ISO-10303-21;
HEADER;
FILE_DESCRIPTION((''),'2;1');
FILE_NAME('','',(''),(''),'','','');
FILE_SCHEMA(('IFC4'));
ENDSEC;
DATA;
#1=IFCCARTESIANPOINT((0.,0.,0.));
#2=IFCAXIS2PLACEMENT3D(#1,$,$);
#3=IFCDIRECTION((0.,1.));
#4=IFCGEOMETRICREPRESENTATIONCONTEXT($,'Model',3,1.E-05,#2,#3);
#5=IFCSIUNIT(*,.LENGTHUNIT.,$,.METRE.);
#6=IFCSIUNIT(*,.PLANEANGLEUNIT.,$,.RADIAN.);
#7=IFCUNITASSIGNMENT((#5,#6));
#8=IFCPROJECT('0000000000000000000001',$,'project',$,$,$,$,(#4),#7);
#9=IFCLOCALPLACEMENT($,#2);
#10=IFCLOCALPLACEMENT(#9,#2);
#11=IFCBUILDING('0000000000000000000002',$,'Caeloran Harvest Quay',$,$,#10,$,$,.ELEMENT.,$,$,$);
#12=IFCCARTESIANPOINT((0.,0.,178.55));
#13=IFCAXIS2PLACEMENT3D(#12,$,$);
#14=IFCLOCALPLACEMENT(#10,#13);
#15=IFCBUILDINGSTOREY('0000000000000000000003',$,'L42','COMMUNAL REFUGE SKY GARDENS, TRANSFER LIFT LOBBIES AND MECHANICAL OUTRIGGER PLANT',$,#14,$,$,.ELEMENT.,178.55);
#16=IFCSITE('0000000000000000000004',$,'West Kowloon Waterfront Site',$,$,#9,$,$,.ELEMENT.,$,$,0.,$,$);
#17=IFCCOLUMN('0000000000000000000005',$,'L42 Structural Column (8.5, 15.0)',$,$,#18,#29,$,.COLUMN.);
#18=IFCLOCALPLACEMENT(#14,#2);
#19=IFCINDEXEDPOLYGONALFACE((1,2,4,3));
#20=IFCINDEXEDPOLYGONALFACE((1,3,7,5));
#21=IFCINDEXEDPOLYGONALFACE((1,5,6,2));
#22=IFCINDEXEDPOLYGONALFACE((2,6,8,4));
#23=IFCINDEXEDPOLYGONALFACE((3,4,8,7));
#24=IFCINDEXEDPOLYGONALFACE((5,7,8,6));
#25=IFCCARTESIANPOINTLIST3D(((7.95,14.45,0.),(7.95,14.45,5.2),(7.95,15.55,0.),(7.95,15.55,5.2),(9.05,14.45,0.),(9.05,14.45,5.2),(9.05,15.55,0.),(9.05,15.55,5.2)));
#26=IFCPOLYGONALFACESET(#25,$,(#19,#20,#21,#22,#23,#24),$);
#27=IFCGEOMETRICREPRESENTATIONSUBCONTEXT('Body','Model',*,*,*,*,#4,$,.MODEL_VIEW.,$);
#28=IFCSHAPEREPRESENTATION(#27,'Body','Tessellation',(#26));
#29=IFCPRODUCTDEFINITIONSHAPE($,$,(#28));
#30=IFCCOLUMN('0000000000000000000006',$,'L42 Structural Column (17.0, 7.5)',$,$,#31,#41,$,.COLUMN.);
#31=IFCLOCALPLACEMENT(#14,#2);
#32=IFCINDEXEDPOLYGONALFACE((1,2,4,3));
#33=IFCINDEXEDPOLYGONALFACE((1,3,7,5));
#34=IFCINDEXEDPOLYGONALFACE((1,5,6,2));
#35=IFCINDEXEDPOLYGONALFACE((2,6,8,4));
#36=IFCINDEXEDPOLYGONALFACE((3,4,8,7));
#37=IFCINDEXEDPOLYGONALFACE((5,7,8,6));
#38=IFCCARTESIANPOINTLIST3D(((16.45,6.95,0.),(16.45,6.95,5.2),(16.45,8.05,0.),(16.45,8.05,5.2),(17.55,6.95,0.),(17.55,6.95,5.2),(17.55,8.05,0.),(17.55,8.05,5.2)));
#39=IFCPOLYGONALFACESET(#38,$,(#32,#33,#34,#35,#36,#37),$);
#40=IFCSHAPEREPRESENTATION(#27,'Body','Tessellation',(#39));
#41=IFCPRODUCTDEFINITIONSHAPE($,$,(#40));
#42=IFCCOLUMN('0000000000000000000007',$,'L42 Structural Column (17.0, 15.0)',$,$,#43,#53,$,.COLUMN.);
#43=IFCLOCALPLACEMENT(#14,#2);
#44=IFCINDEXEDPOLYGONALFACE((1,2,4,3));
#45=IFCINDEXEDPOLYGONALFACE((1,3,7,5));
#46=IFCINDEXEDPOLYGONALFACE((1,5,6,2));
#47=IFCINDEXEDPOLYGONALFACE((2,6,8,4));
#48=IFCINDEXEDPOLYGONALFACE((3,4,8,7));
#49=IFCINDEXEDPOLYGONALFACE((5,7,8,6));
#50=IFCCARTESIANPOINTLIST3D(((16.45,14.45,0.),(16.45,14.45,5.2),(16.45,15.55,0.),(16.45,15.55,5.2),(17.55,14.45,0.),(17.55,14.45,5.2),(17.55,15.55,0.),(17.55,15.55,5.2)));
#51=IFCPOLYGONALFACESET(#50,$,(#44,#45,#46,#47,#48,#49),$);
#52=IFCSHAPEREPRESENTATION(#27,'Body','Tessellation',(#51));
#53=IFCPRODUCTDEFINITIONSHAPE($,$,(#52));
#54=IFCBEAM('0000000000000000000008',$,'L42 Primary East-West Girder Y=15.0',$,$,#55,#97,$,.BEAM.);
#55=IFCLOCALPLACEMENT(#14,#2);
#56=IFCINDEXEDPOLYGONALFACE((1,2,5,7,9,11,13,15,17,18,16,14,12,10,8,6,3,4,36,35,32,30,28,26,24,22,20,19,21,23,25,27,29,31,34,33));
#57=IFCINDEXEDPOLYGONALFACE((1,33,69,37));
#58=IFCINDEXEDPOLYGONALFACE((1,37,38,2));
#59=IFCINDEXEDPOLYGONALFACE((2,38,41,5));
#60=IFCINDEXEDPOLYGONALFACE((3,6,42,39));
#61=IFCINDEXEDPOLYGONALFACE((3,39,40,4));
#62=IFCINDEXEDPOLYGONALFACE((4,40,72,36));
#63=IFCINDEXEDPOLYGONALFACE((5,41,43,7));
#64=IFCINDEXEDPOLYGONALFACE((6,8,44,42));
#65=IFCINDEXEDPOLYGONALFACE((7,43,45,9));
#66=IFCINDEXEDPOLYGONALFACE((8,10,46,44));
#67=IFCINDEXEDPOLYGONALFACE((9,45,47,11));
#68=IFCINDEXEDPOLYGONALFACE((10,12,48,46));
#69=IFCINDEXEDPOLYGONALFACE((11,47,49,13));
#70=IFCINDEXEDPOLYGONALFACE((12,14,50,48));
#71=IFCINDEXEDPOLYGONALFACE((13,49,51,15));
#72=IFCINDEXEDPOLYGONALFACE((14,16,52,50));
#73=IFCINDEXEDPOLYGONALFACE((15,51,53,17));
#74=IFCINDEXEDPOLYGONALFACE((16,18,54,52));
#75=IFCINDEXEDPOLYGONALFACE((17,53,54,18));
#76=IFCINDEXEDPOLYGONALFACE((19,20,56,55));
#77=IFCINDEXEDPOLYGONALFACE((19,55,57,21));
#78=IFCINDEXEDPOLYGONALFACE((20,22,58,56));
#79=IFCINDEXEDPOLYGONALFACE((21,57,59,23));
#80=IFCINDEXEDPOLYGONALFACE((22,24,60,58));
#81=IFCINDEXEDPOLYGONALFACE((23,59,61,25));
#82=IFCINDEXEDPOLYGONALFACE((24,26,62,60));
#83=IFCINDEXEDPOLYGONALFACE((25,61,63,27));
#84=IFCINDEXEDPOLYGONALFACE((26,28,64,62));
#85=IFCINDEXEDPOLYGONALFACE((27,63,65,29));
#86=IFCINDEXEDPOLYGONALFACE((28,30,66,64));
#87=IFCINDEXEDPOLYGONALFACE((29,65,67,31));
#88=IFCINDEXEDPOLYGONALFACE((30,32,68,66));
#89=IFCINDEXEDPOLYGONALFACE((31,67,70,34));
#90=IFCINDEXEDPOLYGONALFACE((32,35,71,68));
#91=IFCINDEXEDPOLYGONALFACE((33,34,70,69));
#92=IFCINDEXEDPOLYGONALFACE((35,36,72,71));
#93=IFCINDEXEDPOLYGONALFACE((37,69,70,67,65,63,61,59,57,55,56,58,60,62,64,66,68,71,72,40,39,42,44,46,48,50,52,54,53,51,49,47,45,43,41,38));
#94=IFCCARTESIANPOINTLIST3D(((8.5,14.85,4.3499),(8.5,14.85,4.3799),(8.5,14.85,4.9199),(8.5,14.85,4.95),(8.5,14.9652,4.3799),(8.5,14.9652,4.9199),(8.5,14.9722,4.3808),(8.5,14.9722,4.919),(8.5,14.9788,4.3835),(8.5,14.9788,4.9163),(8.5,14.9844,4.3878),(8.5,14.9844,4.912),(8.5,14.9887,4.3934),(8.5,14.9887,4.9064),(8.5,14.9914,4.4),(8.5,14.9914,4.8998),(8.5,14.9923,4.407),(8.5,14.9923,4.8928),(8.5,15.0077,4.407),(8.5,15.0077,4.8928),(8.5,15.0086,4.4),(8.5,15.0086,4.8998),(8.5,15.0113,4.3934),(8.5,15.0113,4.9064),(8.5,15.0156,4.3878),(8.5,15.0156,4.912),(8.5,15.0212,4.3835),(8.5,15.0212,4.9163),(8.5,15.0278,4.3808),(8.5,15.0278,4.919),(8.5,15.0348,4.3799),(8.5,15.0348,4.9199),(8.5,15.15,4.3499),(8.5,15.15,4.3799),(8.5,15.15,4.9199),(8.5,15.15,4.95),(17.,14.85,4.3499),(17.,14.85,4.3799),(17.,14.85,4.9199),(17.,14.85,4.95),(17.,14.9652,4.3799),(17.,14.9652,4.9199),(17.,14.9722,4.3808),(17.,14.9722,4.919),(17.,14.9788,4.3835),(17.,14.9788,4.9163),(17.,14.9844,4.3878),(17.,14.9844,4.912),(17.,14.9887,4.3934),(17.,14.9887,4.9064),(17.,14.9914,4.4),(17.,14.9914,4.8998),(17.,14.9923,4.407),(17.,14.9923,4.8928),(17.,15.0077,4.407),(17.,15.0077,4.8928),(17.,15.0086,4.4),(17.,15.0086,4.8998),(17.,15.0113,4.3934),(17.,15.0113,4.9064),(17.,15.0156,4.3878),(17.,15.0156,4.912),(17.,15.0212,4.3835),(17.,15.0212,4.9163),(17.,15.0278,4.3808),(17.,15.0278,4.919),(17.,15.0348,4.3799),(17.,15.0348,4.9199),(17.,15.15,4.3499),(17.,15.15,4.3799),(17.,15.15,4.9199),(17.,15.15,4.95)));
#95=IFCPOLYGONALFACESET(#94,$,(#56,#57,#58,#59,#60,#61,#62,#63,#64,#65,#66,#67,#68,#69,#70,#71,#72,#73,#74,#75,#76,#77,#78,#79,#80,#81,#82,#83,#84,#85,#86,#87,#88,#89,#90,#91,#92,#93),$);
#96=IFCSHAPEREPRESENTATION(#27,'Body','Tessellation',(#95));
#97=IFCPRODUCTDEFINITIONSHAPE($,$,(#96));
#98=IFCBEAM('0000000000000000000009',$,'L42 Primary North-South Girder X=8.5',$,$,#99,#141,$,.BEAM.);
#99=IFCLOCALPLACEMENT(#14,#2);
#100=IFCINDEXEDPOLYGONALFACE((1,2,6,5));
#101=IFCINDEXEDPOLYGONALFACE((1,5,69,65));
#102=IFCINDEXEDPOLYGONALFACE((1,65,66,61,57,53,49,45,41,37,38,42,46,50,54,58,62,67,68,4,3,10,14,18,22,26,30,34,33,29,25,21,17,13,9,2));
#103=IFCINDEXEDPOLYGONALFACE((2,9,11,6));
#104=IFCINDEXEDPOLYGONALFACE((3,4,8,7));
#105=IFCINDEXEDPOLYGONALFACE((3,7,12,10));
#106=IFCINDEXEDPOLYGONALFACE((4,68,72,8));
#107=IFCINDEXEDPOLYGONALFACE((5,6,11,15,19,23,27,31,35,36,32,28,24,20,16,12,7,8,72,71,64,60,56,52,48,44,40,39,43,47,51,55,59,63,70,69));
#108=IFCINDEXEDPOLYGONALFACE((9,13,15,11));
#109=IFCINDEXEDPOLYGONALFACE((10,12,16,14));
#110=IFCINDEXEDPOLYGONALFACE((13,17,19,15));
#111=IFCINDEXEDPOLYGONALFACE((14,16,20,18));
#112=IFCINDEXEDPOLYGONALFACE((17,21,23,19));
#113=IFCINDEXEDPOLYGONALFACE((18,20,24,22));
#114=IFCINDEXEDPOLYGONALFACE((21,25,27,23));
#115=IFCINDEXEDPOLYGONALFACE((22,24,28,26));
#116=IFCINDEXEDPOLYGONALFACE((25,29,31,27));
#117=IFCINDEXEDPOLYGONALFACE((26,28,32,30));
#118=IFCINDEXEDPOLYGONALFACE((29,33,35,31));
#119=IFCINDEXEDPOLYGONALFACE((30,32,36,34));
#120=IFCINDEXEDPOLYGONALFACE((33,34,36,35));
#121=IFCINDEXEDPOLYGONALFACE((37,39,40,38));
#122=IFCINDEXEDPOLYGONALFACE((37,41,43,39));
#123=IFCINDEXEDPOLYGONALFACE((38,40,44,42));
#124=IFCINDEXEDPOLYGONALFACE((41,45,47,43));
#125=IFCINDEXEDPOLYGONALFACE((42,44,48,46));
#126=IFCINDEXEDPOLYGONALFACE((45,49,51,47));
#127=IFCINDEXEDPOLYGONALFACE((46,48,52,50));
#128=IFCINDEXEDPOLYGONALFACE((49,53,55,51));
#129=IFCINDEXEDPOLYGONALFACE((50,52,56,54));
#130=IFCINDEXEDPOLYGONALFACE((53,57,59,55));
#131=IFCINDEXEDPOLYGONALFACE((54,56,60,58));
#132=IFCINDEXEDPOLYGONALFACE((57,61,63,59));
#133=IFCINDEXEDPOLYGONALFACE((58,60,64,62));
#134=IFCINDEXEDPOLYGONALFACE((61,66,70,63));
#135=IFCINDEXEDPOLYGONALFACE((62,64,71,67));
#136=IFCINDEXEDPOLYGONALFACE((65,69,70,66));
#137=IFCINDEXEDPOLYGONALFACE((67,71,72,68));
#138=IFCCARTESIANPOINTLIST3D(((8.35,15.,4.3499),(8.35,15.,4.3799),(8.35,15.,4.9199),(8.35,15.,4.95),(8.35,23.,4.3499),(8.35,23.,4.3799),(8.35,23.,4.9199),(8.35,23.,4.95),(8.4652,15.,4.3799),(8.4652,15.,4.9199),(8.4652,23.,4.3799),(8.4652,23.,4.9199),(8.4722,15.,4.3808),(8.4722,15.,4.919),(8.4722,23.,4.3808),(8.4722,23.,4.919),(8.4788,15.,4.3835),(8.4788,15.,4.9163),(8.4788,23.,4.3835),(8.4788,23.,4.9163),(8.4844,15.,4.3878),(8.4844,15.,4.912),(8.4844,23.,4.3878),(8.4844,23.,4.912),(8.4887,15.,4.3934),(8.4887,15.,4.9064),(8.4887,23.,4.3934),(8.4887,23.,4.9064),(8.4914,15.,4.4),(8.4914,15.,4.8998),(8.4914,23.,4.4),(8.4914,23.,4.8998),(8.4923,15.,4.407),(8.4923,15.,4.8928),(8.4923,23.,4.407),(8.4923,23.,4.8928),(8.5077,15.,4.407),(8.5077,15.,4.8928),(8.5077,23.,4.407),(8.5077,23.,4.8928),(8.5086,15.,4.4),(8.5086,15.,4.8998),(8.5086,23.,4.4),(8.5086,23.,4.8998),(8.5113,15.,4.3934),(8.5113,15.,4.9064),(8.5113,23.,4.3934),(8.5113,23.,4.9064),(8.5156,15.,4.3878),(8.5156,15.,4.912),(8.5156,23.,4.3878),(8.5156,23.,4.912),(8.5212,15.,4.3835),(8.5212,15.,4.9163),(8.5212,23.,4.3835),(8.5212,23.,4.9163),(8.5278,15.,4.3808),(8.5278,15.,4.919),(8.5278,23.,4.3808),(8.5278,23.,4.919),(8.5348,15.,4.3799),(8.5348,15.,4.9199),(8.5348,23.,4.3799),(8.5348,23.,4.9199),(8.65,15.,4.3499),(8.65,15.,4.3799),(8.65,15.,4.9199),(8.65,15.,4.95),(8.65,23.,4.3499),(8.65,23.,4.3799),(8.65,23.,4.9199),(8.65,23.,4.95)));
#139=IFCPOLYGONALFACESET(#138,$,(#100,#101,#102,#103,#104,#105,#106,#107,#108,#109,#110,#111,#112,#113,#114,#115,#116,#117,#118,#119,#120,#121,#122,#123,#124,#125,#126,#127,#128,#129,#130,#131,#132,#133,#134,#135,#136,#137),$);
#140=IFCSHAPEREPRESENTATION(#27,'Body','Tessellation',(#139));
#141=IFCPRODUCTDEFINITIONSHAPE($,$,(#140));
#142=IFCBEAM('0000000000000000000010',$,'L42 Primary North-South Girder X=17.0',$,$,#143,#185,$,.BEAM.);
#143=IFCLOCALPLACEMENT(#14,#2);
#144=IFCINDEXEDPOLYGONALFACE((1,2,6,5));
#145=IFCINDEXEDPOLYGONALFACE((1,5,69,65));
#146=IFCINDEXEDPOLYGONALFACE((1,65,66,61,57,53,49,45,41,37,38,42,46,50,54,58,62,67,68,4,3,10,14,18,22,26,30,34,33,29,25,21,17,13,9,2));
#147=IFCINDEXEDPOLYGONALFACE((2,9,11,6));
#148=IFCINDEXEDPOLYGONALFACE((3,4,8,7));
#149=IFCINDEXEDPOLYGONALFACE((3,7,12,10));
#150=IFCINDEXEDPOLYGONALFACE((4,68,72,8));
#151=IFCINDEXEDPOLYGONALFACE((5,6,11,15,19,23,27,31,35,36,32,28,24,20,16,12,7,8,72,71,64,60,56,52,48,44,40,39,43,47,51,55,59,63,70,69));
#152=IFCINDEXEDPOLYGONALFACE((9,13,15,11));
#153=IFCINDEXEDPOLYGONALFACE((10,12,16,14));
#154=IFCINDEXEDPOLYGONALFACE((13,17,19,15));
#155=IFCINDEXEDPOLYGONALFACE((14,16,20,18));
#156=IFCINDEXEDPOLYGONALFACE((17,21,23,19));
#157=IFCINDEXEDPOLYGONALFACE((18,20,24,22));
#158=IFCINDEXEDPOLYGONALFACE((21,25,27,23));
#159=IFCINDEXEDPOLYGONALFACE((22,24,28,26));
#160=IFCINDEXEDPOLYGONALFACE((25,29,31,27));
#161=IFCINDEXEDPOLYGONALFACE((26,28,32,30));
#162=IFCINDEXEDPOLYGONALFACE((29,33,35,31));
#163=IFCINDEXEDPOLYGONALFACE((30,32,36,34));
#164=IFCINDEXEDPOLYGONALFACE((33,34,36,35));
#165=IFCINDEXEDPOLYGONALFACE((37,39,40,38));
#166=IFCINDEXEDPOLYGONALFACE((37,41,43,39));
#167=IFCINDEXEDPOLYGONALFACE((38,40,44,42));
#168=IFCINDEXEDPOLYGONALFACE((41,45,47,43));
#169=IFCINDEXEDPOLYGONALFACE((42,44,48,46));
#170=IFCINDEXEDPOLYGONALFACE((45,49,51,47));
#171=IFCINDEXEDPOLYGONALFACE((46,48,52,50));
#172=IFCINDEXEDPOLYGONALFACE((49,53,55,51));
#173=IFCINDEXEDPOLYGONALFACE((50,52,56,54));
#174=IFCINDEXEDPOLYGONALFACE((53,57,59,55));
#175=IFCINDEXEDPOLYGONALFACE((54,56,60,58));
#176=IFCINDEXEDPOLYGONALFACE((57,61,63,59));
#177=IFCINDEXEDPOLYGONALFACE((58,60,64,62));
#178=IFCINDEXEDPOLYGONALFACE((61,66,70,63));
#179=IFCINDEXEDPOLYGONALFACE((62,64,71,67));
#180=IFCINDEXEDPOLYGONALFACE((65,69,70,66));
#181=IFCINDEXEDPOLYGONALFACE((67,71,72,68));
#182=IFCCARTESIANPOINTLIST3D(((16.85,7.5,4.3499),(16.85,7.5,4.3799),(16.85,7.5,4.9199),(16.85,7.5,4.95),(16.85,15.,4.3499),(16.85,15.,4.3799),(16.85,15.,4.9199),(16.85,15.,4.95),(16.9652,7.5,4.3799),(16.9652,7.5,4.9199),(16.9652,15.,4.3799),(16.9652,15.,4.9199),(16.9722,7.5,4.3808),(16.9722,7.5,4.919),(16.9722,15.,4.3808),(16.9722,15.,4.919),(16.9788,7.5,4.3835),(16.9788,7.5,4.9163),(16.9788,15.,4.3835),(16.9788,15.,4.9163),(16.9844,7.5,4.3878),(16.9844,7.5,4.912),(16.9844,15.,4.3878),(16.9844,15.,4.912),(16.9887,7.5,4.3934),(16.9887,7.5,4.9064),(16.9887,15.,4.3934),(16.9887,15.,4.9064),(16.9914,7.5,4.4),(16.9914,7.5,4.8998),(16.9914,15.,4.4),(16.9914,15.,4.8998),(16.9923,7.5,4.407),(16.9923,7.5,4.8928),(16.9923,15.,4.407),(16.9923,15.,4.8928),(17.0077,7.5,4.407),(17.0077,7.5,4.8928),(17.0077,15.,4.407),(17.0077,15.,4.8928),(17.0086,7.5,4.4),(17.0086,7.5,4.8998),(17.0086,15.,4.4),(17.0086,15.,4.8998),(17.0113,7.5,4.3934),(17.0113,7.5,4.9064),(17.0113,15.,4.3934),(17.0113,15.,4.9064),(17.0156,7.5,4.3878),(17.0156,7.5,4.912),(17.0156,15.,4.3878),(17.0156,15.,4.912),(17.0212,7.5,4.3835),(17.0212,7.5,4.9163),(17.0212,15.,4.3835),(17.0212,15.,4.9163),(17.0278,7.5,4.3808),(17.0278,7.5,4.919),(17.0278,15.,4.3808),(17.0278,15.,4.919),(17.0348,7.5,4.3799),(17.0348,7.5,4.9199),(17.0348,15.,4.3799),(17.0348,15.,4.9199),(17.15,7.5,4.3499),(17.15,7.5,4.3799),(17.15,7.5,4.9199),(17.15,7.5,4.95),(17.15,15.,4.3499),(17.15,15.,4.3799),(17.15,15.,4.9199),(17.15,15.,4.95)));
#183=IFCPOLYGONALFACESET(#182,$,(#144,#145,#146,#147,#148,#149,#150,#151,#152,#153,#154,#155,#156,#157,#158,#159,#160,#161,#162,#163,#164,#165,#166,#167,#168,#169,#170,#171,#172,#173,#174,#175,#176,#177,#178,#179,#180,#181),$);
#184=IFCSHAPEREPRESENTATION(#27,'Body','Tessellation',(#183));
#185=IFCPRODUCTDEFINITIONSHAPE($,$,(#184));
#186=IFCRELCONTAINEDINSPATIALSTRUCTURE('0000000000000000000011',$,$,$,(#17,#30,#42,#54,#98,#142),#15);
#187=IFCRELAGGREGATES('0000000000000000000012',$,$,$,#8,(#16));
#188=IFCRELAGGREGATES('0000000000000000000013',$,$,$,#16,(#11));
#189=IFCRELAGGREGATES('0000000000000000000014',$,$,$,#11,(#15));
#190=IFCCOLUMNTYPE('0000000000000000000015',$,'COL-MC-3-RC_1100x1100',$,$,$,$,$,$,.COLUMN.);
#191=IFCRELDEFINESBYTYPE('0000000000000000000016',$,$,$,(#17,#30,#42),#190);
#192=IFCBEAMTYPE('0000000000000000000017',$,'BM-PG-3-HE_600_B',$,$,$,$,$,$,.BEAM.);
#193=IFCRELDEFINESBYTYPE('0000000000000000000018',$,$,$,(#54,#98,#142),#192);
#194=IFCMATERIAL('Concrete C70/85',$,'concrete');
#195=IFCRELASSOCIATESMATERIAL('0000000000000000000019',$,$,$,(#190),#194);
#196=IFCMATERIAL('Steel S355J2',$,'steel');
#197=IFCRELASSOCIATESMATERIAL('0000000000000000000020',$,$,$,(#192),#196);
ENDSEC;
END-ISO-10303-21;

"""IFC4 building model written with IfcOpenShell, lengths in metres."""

from ifc_helpers import new_model, si_unit, direction, frame, origin, origin_2d, place, context, subcontext, project, spatial, rectangle, i_section, extrude, material, material_profile, profile_set, type_object, element, save


model = new_model("IFC4")

# Units and contexts
model_context = context("Model", 3, precision=1e-05, world=origin(), true_north=direction((0.0, 1.0)))
body_context = subcontext(model_context, "Body", "Model", "MODEL_VIEW")
ifc_project = project(units=[si_unit("LENGTHUNIT", "METRE"), si_unit("PLANEANGLEUNIT", "RADIAN")], contexts=[model_context])

# Site, building, storey
site_placement = place(None, origin())
site = spatial("IfcSite", under=ifc_project, at=site_placement, Name="West Kowloon Waterfront Site", CompositionType="ELEMENT", RefElevation=0.0)
building_placement = place(site_placement, origin())
building = spatial("IfcBuilding", under=site, at=building_placement, Name="Caeloran Harvest Quay", CompositionType="ELEMENT")
storey_placement = place(building_placement, frame((0.0, 0.0, 178.55)))
storey = spatial("IfcBuildingStorey", under=building, at=storey_placement, Name="L42", Description="COMMUNAL REFUGE SKY GARDENS, TRANSFER LIFT LOBBIES AND MECHANICAL OUTRIGGER PLANT", CompositionType="ELEMENT", Elevation=178.55)

# Columns
ifc_material_1 = material(Name="Concrete C70/85", Category="concrete")
ifc_material_profile_1 = material_profile(ifc_material_1, rectangle(XDim=1.1001, YDim=1.1001, at=origin_2d()), Name="RC 1100x1100")
ifc_profile_set_1 = profile_set([ifc_material_profile_1], Name="Concrete C70/85")
column_type = type_object("IfcColumnType", Name="COL-MC-3-RC_1100x1100", PredefinedType="COLUMN", material=ifc_profile_set_1)
for number, where, z_axis, x_axis, name in (
    (1, (8.5, 15.0, 0.0), (0.0, 0.0, 1.0), (1.0, 0.0, 0.0), "L42 Structural Column (8.5, 15.0)"),
    (2, (17.0, 7.5, 0.0), (0.0, 0.0, 1.0), (1.0, 0.0, 0.0), "L42 Structural Column (17.0, 7.5)"),
    (3, (17.0, 15.0, 0.0), (0.0, 0.0, 1.0), (1.0, 0.0, 0.0), "L42 Structural Column (17.0, 15.0)"),
):
    element("IfcColumn", number, at=place(storey_placement, frame(where, z_axis=z_axis, x_axis=x_axis)), inside=storey, type_object=column_type, Name=name, PredefinedType="COLUMN", context=body_context, shape_type="SweptSolid", body=[
        extrude(rectangle(XDim=1.1001, YDim=1.1001, at=origin_2d()), origin(), (0.0, 0.0, 1.0), 5.2),
    ])

# Beams
ifc_material_2 = material(Name="Steel S355J2", Category="steel")
ifc_material_profile_2 = material_profile(ifc_material_2, i_section(OverallWidth=0.3, OverallDepth=0.6001, WebThickness=0.0154, FlangeThickness=0.03, FilletRadius=0.0271, at=origin_2d()), Name="HE 600 B")
ifc_profile_set_2 = profile_set([ifc_material_profile_2], Name="Steel S355J2")
beam_type = type_object("IfcBeamType", Name="BM-PG-3-HE_600_B", PredefinedType="BEAM", material=ifc_profile_set_2)
beam_1_placement = place(storey_placement, frame((8.5, 15.0, 4.6499), z_axis=(1.0, 0.0, 0.0), x_axis=(0.0, 1.0, 0.0)))
element("IfcBeam", 4, at=beam_1_placement, inside=storey, type_object=beam_type, Name="L42 Primary East-West Girder Y=15.0", PredefinedType="BEAM", context=body_context, shape_type="SweptSolid", body=[
    extrude(i_section(OverallWidth=0.3, OverallDepth=0.6001, WebThickness=0.0154, FlangeThickness=0.03, FilletRadius=0.0271, at=origin_2d()), origin(), (0.0, 0.0, 1.0), 8.5),
])
beam_2_placement = place(storey_placement, frame((8.5, 15.0, 4.6499), z_axis=(0.0, 1.0, 0.0), x_axis=(-1.0, 0.0, 0.0)))
element("IfcBeam", 5, at=beam_2_placement, inside=storey, type_object=beam_type, Name="L42 Primary North-South Girder X=8.5", PredefinedType="BEAM", context=body_context, shape_type="SweptSolid", body=[
    extrude(i_section(OverallWidth=0.3, OverallDepth=0.6001, WebThickness=0.0154, FlangeThickness=0.03, FilletRadius=0.0271, at=origin_2d()), origin(), (0.0, 0.0, 1.0), 8.0),
])
beam_3_placement = place(storey_placement, frame((17.0, 7.5, 4.6499), z_axis=(0.0, 1.0, 0.0), x_axis=(-1.0, 0.0, 0.0)))
element("IfcBeam", 6, at=beam_3_placement, inside=storey, type_object=beam_type, Name="L42 Primary North-South Girder X=17.0", PredefinedType="BEAM", context=body_context, shape_type="SweptSolid", body=[
    extrude(i_section(OverallWidth=0.3, OverallDepth=0.6001, WebThickness=0.0154, FlangeThickness=0.03, FilletRadius=0.0271, at=origin_2d()), origin(), (0.0, 0.0, 1.0), 7.5),
])

save(model, "model.ifc")
